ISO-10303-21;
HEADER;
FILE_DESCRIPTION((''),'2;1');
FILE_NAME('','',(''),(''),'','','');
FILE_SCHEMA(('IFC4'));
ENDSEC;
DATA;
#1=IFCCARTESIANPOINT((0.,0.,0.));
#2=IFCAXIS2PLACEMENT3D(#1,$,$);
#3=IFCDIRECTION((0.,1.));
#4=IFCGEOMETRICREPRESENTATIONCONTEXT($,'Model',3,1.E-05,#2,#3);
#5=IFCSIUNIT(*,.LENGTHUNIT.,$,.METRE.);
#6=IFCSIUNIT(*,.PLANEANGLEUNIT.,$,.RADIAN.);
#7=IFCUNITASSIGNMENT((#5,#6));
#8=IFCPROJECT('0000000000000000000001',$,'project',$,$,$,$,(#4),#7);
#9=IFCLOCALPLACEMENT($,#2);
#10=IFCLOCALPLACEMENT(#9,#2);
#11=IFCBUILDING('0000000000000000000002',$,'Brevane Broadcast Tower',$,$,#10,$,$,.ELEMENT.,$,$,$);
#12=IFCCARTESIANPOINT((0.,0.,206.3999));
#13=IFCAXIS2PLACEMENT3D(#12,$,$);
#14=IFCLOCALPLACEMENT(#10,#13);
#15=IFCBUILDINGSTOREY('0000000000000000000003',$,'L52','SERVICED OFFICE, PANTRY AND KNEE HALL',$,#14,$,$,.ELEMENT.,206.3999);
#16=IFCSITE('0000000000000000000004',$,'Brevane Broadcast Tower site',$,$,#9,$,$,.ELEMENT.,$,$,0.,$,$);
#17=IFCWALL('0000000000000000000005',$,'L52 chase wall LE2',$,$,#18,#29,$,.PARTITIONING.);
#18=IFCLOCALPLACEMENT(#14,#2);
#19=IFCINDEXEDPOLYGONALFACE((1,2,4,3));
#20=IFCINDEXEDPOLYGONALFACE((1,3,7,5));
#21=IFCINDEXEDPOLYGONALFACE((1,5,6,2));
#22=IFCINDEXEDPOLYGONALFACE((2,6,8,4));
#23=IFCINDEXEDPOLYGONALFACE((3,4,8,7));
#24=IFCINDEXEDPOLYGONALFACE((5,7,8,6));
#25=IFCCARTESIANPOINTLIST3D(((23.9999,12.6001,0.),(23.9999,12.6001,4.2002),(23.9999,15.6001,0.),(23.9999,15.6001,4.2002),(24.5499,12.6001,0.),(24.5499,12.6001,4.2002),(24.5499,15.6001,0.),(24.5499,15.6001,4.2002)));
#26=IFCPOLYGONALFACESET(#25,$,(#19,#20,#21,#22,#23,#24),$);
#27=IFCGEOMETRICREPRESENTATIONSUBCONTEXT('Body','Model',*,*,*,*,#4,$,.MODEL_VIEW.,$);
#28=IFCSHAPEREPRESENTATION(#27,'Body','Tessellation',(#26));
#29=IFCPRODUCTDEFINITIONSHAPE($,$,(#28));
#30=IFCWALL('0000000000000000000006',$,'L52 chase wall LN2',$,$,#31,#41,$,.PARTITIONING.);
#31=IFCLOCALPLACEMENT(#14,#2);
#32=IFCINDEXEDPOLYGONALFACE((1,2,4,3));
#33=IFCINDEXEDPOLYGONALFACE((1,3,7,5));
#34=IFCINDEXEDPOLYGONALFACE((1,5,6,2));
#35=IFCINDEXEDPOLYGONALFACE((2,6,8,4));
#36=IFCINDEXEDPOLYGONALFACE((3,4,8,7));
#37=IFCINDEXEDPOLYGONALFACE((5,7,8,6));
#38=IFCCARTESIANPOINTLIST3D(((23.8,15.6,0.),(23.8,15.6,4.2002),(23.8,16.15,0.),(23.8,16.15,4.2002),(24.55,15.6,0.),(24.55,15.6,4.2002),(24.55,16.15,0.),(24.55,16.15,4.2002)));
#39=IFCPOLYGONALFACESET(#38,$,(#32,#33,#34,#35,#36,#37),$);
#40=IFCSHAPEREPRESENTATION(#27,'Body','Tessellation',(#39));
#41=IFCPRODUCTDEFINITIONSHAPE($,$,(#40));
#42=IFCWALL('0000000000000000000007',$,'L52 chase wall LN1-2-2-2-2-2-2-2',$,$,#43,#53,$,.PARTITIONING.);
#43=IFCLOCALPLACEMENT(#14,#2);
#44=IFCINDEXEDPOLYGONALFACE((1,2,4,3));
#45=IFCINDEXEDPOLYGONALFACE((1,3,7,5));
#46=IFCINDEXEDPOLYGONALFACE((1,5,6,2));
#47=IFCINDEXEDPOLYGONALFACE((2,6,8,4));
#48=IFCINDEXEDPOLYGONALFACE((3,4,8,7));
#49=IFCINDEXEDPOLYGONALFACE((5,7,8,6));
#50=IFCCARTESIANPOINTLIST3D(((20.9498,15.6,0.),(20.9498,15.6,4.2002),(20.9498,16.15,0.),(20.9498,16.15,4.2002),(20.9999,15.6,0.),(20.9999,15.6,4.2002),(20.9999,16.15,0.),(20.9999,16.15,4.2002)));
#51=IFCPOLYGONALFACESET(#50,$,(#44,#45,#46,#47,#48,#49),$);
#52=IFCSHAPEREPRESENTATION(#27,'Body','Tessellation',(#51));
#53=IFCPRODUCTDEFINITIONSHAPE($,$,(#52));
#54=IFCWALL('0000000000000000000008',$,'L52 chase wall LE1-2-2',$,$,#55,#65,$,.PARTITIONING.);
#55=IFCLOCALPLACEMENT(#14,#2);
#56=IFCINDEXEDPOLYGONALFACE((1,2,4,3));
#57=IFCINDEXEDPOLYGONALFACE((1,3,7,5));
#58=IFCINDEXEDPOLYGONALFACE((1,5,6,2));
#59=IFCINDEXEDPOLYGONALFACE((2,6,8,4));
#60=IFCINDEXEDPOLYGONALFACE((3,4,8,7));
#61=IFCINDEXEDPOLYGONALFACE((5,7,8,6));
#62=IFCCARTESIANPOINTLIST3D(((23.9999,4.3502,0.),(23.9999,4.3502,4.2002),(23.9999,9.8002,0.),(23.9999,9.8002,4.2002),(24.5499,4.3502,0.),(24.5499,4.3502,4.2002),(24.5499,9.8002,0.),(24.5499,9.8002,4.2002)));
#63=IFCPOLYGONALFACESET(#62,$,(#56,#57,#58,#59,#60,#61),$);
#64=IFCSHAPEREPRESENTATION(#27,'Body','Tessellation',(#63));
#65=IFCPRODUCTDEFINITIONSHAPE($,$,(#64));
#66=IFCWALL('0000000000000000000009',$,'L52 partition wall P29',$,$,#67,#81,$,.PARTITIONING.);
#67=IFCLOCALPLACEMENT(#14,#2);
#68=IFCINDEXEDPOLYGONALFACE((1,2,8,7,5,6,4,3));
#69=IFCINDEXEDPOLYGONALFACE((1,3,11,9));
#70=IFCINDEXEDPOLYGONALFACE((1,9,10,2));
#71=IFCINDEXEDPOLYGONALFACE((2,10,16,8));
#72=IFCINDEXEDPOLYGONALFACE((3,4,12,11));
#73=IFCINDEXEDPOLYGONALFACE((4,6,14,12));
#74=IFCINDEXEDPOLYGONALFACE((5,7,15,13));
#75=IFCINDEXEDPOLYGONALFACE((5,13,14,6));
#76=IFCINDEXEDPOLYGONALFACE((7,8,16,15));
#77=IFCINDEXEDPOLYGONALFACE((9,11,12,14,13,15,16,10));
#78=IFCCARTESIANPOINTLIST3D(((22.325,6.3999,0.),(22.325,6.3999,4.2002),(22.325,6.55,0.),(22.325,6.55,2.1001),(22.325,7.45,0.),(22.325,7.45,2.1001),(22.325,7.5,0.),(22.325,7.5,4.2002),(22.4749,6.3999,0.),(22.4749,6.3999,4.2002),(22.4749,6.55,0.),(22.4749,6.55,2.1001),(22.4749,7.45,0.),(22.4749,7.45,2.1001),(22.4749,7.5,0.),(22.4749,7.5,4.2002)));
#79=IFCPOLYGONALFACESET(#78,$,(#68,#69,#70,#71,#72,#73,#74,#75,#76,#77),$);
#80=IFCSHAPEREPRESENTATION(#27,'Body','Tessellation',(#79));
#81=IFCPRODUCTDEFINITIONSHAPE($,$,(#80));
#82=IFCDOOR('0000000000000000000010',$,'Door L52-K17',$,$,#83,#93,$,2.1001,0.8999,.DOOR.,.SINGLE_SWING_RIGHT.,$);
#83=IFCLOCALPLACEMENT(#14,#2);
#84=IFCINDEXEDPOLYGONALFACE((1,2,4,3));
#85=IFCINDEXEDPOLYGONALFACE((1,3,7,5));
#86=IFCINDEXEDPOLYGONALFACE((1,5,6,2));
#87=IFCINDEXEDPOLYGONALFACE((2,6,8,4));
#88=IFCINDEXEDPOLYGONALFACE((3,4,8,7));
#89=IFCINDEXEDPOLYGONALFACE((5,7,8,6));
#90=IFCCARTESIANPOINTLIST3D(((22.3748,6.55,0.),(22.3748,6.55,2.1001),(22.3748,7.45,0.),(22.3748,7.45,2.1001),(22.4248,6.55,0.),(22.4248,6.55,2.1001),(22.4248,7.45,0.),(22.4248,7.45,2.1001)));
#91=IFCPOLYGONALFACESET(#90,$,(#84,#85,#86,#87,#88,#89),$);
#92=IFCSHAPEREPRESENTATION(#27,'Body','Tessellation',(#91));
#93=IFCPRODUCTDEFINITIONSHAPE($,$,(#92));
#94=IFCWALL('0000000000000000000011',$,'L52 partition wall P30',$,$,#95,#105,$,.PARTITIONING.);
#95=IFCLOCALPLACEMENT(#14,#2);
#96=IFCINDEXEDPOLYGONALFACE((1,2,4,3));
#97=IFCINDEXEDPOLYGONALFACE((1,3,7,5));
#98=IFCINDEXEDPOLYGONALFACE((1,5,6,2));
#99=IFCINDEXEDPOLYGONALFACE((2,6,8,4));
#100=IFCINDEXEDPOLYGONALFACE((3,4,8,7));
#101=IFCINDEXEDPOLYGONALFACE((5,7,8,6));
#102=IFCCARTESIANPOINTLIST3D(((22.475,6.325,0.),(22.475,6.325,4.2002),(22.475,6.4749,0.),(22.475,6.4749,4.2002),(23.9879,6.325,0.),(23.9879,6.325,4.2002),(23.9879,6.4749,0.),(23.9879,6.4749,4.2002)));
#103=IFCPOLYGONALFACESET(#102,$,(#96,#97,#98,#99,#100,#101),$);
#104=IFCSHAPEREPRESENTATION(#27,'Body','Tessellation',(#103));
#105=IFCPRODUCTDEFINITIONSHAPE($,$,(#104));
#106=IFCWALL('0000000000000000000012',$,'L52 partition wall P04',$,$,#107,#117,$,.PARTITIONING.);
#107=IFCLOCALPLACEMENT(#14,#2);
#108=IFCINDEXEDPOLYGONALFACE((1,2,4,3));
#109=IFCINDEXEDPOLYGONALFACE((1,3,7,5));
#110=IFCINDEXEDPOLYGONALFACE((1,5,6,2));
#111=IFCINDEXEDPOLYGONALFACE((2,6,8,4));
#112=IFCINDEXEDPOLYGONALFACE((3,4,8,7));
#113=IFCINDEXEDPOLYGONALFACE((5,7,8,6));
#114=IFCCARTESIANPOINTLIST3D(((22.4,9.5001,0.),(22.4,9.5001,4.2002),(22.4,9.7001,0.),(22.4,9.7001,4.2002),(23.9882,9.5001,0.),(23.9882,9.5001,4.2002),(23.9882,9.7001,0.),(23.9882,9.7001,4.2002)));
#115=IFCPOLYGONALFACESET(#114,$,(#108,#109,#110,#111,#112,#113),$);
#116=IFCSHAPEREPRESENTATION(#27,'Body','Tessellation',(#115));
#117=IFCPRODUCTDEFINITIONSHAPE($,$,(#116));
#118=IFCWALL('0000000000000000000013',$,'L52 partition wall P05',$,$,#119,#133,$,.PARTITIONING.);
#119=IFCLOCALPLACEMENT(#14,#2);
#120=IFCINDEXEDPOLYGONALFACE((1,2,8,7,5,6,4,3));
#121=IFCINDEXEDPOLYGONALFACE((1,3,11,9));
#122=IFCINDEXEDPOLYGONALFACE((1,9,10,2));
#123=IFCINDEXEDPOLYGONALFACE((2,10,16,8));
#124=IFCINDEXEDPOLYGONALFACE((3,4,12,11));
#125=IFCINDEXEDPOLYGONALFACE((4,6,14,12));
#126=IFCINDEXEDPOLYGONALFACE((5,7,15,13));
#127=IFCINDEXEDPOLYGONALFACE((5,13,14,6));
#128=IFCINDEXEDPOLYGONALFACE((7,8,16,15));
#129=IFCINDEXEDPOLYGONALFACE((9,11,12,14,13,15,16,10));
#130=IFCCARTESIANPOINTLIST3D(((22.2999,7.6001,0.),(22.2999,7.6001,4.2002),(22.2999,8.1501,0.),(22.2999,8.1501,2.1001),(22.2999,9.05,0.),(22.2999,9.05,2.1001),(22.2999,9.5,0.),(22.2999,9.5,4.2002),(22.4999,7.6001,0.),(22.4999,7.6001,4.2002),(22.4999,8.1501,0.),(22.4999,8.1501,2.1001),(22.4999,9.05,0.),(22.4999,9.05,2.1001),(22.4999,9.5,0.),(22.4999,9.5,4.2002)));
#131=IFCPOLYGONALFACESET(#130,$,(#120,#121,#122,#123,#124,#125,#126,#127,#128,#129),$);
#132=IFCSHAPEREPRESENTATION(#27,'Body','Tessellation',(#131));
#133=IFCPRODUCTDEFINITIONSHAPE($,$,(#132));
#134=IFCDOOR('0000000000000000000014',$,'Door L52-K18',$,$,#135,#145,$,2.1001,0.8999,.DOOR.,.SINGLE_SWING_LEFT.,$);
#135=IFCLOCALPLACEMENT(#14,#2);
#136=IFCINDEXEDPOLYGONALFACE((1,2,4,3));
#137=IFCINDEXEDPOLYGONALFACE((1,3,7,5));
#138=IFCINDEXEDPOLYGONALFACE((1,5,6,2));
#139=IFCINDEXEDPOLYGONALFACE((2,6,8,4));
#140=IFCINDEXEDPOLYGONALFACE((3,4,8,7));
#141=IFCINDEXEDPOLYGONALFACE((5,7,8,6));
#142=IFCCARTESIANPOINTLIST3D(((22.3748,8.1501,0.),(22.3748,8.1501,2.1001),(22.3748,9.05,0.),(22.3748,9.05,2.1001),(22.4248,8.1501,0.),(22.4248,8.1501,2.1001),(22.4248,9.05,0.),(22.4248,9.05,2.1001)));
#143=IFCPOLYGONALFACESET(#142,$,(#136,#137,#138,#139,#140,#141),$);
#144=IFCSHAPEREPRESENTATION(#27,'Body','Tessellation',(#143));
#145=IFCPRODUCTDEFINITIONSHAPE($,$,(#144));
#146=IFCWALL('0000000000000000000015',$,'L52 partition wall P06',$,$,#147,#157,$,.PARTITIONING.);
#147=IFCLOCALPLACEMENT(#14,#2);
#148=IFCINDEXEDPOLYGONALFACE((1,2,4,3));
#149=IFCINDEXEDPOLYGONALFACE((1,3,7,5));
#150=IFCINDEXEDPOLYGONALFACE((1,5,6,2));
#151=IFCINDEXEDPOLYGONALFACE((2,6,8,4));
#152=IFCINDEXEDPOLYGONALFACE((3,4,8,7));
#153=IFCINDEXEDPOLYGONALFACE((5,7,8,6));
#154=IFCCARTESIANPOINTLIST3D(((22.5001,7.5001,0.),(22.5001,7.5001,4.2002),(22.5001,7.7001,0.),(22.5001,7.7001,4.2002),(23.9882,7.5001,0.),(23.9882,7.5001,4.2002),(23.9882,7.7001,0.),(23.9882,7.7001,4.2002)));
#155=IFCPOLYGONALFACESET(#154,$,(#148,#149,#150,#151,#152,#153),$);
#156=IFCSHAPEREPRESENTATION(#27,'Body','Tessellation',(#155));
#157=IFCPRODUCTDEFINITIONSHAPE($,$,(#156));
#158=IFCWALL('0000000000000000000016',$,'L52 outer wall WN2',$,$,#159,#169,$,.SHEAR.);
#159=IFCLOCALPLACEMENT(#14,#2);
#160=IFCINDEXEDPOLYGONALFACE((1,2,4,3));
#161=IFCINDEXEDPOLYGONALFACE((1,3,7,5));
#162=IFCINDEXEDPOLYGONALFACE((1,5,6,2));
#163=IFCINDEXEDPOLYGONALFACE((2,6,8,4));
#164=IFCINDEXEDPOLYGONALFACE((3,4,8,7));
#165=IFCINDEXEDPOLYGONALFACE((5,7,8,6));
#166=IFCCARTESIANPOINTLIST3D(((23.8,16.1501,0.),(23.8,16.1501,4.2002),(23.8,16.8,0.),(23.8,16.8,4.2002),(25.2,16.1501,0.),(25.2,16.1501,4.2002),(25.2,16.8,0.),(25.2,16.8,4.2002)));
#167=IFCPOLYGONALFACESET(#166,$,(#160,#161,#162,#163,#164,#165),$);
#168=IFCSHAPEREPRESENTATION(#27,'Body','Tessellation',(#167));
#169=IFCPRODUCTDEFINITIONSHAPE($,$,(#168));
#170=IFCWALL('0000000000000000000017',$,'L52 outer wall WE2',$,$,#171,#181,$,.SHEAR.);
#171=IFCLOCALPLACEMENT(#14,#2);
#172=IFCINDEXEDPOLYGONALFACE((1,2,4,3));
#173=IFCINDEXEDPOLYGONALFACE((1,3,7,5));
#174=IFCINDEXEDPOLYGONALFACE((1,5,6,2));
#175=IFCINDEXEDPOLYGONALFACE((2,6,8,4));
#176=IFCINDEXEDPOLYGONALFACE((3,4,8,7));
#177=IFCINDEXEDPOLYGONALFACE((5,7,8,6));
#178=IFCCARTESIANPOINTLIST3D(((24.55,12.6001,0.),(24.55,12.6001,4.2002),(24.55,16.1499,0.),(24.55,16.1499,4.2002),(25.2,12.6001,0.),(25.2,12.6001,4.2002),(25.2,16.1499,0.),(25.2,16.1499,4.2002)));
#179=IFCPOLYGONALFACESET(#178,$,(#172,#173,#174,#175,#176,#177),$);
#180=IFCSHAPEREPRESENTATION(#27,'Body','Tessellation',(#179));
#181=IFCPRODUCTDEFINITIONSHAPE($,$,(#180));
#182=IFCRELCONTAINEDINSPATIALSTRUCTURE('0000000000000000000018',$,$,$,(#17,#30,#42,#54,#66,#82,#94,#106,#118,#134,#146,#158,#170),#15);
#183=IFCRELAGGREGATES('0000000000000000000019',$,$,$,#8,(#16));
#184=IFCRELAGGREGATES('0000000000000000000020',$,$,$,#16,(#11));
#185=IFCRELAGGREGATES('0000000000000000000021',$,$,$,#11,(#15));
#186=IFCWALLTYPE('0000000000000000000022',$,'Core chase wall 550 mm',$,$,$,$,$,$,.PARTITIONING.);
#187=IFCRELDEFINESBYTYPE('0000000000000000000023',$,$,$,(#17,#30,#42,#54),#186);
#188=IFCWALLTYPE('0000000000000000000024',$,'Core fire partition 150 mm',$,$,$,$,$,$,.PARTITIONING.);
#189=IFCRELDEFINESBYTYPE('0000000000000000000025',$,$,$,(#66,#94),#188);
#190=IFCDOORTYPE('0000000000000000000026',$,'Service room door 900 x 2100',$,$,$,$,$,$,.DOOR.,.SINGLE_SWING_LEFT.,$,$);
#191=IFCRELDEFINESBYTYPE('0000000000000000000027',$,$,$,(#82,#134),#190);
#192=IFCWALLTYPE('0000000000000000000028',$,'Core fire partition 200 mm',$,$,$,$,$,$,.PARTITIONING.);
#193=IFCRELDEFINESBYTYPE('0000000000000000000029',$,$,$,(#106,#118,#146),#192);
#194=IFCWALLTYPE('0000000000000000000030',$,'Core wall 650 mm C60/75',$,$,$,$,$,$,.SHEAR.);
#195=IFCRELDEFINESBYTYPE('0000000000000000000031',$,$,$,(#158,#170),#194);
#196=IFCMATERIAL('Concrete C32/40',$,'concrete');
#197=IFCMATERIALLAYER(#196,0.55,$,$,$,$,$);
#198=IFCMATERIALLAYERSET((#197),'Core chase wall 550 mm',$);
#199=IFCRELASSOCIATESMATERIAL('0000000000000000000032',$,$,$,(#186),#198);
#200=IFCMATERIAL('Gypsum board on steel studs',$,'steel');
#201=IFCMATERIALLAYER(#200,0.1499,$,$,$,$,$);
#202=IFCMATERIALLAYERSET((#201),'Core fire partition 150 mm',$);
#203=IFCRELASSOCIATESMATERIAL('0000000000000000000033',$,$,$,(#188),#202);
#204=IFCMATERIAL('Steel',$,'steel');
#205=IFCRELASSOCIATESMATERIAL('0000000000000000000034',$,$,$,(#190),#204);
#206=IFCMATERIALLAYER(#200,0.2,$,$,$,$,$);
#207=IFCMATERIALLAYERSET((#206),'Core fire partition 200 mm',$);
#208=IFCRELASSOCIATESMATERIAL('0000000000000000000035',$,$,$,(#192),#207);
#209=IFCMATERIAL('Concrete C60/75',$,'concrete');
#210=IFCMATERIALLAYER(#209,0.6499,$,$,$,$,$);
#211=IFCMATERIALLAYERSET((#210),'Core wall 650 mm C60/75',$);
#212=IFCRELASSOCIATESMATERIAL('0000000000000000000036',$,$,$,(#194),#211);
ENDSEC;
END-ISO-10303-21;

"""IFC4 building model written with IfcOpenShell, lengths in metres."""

from ifc_helpers import new_model, si_unit, direction, frame, frame_2d, origin, place, context, subcontext, project, spatial, rectangle, extrude, material, layer, layer_set, type_object, element, fill, save


model = new_model("IFC4")

# Units and contexts
model_context = context("Model", 3, precision=1e-05, world=origin(), true_north=direction((0.0, 1.0)))
body_context = subcontext(model_context, "Body", "Model", "MODEL_VIEW")
ifc_project = project(units=[si_unit("LENGTHUNIT", "METRE"), si_unit("PLANEANGLEUNIT", "RADIAN")], contexts=[model_context])

# Site, building, storey
site_placement = place(None, origin())
site = spatial("IfcSite", under=ifc_project, at=site_placement, Name="Brevane Broadcast Tower site", CompositionType="ELEMENT", RefElevation=0.0)
building_placement = place(site_placement, origin())
building = spatial("IfcBuilding", under=site, at=building_placement, Name="Brevane Broadcast Tower", CompositionType="ELEMENT")
storey_placement = place(building_placement, frame((0.0, 0.0, 206.3999)))
storey = spatial("IfcBuildingStorey", under=building, at=storey_placement, Name="L52", Description="SERVICED OFFICE, PANTRY AND KNEE HALL", CompositionType="ELEMENT", Elevation=206.3999)

# Walls
ifc_material_1 = material(Name="Concrete C32/40", Category="concrete")
ifc_layer_1 = layer(ifc_material_1, 0.55)
ifc_layer_set_1 = layer_set([ifc_layer_1], Name="Core chase wall 550 mm")
wall_type_1 = type_object("IfcWallType", Name="Core chase wall 550 mm", PredefinedType="PARTITIONING", material=ifc_layer_set_1)
wall_1_placement = place(storey_placement, frame((24.2749, 12.6001, 0.0), z_axis=(0.0, 0.0, 1.0), x_axis=(0.0, 1.0, 0.0)))
element("IfcWall", 1, at=wall_1_placement, inside=storey, type_object=wall_type_1, Name="L52 chase wall LE2", PredefinedType="PARTITIONING", context=body_context, shape_type="SweptSolid", body=[
    extrude(rectangle(XDim=3.0, YDim=0.55, at=frame_2d((1.5, 0.0))), origin(), (0.0, 0.0, 1.0), 4.2002),
])
wall_2_placement = place(storey_placement, frame((23.8, 15.875, 0.0), z_axis=(0.0, 0.0, 1.0), x_axis=(1.0, 0.0, 0.0)))
element("IfcWall", 2, at=wall_2_placement, inside=storey, type_object=wall_type_1, Name="L52 chase wall LN2", PredefinedType="PARTITIONING", context=body_context, shape_type="SweptSolid", body=[
    extrude(rectangle(XDim=0.75, YDim=0.55, at=frame_2d((0.375, 0.0))), origin(), (0.0, 0.0, 1.0), 4.2002),
])
wall_3_placement = place(storey_placement, frame((20.95, 15.875, 0.0), z_axis=(0.0, 0.0, 1.0), x_axis=(1.0, 0.0, 0.0)))
element("IfcWall", 3, at=wall_3_placement, inside=storey, type_object=wall_type_1, Name="L52 chase wall LN1-2-2-2-2-2-2-2", PredefinedType="PARTITIONING", context=body_context, shape_type="SweptSolid", body=[
    extrude(rectangle(XDim=0.05, YDim=0.55, at=frame_2d((0.0249, 0.0))), origin(), (0.0, 0.0, 1.0), 4.2002),
])
wall_4_placement = place(storey_placement, frame((24.2749, 4.3501, 0.0), z_axis=(0.0, 0.0, 1.0), x_axis=(0.0, 1.0, 0.0)))
element("IfcWall", 4, at=wall_4_placement, inside=storey, type_object=wall_type_1, Name="L52 chase wall LE1-2-2", PredefinedType="PARTITIONING", context=body_context, shape_type="SweptSolid", body=[
    extrude(rectangle(XDim=5.45, YDim=0.55, at=frame_2d((2.7251, 0.0))), origin(), (0.0, 0.0, 1.0), 4.2002),
])

# Wall, opening, door
ifc_material_2 = material(Name="Gypsum board on steel studs", Category="steel")
ifc_layer_2 = layer(ifc_material_2, 0.1499)
ifc_layer_set_2 = layer_set([ifc_layer_2], Name="Core fire partition 150 mm")
wall_type_2 = type_object("IfcWallType", Name="Core fire partition 150 mm", PredefinedType="PARTITIONING", material=ifc_layer_set_2)
wall_5_placement = place(storey_placement, frame((22.3999, 7.5, 0.0), z_axis=(0.0, 0.0, 1.0), x_axis=(0.0, -1.0, 0.0)))
wall_5 = element("IfcWall", 5, at=wall_5_placement, inside=storey, type_object=wall_type_2, Name="L52 partition wall P29", PredefinedType="PARTITIONING", context=body_context, shape_type="SweptSolid", body=[
    extrude(rectangle(XDim=1.1001, YDim=0.1499, at=frame_2d((0.55, 0.0))), origin(), (0.0, 0.0, 1.0), 4.2002),
])
opening_1_placement = place(wall_5_placement, frame((0.05, 0.0, 0.0)))
opening_1 = element("IfcOpeningElement", 6, at=opening_1_placement, cuts=wall_5, PredefinedType="OPENING", context=body_context, shape_type="SweptSolid", body=[
    extrude(rectangle(XDim=0.8999, YDim=2.1001, at=frame_2d((0.45, 1.05))), frame((0.0, 0.085, 0.0), z_axis=(0.0, -1.0, 0.0), x_axis=(1.0, 0.0, 0.0)), (0.0, 0.0, 1.0), 0.1699),
])
ifc_material_3 = material(Name="Steel", Category="steel")
door_type_1 = type_object("IfcDoorType", Name="Service room door 900 x 2100", OperationType="SINGLE_SWING_LEFT", PredefinedType="DOOR", material=ifc_material_3)
door_1_placement = place(opening_1_placement, origin())
door_1 = element("IfcDoor", 7, at=door_1_placement, inside=storey, type_object=door_type_1, Name="Door L52-K17", OperationType="SINGLE_SWING_RIGHT", OverallHeight=2.1001, OverallWidth=0.8999, PredefinedType="DOOR", context=body_context, shape_type="SweptSolid", body=[
    extrude(rectangle(XDim=0.8999, YDim=2.1001, at=frame_2d((0.45, 1.05))), frame((0.0, 0.0249, 0.0), z_axis=(0.0, -1.0, 0.0), x_axis=(1.0, 0.0, 0.0)), (0.0, 0.0, 1.0), 0.05),
])
fill(opening_1, door_1)

# Walls
wall_6_placement = place(storey_placement, frame((22.4751, 6.3999, 0.0), z_axis=(0.0, 0.0, 1.0), x_axis=(1.0, 0.0, 0.0)))
element("IfcWall", 8, at=wall_6_placement, inside=storey, type_object=wall_type_2, Name="L52 partition wall P30", PredefinedType="PARTITIONING", context=body_context, shape_type="SweptSolid", body=[
    extrude(rectangle(XDim=1.5129, YDim=0.1499, at=frame_2d((0.7563, 0.0))), origin(), (0.0, 0.0, 1.0), 4.2002),
])
ifc_layer_3 = layer(ifc_material_2, 0.2)
ifc_layer_set_3 = layer_set([ifc_layer_3], Name="Core fire partition 200 mm")
wall_type_3 = type_object("IfcWallType", Name="Core fire partition 200 mm", PredefinedType="PARTITIONING", material=ifc_layer_set_3)
wall_7_placement = place(storey_placement, frame((23.988, 9.6001, 0.0), z_axis=(0.0, 0.0, 1.0), x_axis=(-1.0, 0.0, 0.0)))
element("IfcWall", 9, at=wall_7_placement, inside=storey, type_object=wall_type_3, Name="L52 partition wall P04", PredefinedType="PARTITIONING", context=body_context, shape_type="SweptSolid", body=[
    extrude(rectangle(XDim=1.5881, YDim=0.2, at=frame_2d((0.7939, 0.0))), origin(), (0.0, 0.0, 1.0), 4.2002),
])

# Wall, opening, door
wall_8_placement = place(storey_placement, frame((22.3999, 9.5, 0.0), z_axis=(0.0, 0.0, 1.0), x_axis=(0.0, -1.0, 0.0)))
wall_8 = element("IfcWall", 10, at=wall_8_placement, inside=storey, type_object=wall_type_3, Name="L52 partition wall P05", PredefinedType="PARTITIONING", context=body_context, shape_type="SweptSolid", body=[
    extrude(rectangle(XDim=1.8999, YDim=0.2, at=frame_2d((0.95, 0.0))), origin(), (0.0, 0.0, 1.0), 4.2002),
])
opening_2_placement = place(wall_8_placement, frame((0.45, 0.0, 0.0)))
opening_2 = element("IfcOpeningElement", 11, at=opening_2_placement, cuts=wall_8, PredefinedType="OPENING", context=body_context, shape_type="SweptSolid", body=[
    extrude(rectangle(XDim=0.8999, YDim=2.1001, at=frame_2d((0.45, 1.05))), frame((0.0, 0.1099, 0.0), z_axis=(0.0, -1.0, 0.0), x_axis=(1.0, 0.0, 0.0)), (0.0, 0.0, 1.0), 0.22),
])
door_2_placement = place(opening_2_placement, origin())
door_2 = element("IfcDoor", 12, at=door_2_placement, inside=storey, type_object=door_type_1, Name="Door L52-K18", OperationType="SINGLE_SWING_LEFT", OverallHeight=2.1001, OverallWidth=0.8999, PredefinedType="DOOR", context=body_context, shape_type="SweptSolid", body=[
    extrude(rectangle(XDim=0.8999, YDim=2.1001, at=frame_2d((0.45, 1.05))), frame((0.0, 0.0249, 0.0), z_axis=(0.0, -1.0, 0.0), x_axis=(1.0, 0.0, 0.0)), (0.0, 0.0, 1.0), 0.05),
])
fill(opening_2, door_2)

# Walls
wall_9_placement = place(storey_placement, frame((22.5, 7.6001, 0.0), z_axis=(0.0, 0.0, 1.0), x_axis=(1.0, 0.0, 0.0)))
element("IfcWall", 13, at=wall_9_placement, inside=storey, type_object=wall_type_3, Name="L52 partition wall P06", PredefinedType="PARTITIONING", context=body_context, shape_type="SweptSolid", body=[
    extrude(rectangle(XDim=1.488, YDim=0.2, at=frame_2d((0.7441, 0.0))), origin(), (0.0, 0.0, 1.0), 4.2002),
])
ifc_material_4 = material(Name="Concrete C60/75", Category="concrete")
ifc_layer_4 = layer(ifc_material_4, 0.6499)
ifc_layer_set_4 = layer_set([ifc_layer_4], Name="Core wall 650 mm C60/75")
wall_type_4 = type_object("IfcWallType", Name="Core wall 650 mm C60/75", PredefinedType="SHEAR", material=ifc_layer_set_4)
wall_10_placement = place(storey_placement, frame((23.8, 16.4751, 0.0), z_axis=(0.0, 0.0, 1.0), x_axis=(1.0, 0.0, 0.0)))
element("IfcWall", 14, at=wall_10_placement, inside=storey, type_object=wall_type_4, Name="L52 outer wall WN2", PredefinedType="SHEAR", context=body_context, shape_type="SweptSolid", body=[
    extrude(rectangle(XDim=1.3999, YDim=0.6499, at=frame_2d((0.7, 0.0))), origin(), (0.0, 0.0, 1.0), 4.2002),
])
wall_11_placement = place(storey_placement, frame((24.875, 12.6001, 0.0), z_axis=(0.0, 0.0, 1.0), x_axis=(0.0, 1.0, 0.0)))
element("IfcWall", 15, at=wall_11_placement, inside=storey, type_object=wall_type_4, Name="L52 outer wall WE2", PredefinedType="SHEAR", context=body_context, shape_type="SweptSolid", body=[
    extrude(rectangle(XDim=3.5498, YDim=0.6499, at=frame_2d((1.7749, 0.0))), origin(), (0.0, 0.0, 1.0), 4.2002),
])

save(model, "model.ifc")
